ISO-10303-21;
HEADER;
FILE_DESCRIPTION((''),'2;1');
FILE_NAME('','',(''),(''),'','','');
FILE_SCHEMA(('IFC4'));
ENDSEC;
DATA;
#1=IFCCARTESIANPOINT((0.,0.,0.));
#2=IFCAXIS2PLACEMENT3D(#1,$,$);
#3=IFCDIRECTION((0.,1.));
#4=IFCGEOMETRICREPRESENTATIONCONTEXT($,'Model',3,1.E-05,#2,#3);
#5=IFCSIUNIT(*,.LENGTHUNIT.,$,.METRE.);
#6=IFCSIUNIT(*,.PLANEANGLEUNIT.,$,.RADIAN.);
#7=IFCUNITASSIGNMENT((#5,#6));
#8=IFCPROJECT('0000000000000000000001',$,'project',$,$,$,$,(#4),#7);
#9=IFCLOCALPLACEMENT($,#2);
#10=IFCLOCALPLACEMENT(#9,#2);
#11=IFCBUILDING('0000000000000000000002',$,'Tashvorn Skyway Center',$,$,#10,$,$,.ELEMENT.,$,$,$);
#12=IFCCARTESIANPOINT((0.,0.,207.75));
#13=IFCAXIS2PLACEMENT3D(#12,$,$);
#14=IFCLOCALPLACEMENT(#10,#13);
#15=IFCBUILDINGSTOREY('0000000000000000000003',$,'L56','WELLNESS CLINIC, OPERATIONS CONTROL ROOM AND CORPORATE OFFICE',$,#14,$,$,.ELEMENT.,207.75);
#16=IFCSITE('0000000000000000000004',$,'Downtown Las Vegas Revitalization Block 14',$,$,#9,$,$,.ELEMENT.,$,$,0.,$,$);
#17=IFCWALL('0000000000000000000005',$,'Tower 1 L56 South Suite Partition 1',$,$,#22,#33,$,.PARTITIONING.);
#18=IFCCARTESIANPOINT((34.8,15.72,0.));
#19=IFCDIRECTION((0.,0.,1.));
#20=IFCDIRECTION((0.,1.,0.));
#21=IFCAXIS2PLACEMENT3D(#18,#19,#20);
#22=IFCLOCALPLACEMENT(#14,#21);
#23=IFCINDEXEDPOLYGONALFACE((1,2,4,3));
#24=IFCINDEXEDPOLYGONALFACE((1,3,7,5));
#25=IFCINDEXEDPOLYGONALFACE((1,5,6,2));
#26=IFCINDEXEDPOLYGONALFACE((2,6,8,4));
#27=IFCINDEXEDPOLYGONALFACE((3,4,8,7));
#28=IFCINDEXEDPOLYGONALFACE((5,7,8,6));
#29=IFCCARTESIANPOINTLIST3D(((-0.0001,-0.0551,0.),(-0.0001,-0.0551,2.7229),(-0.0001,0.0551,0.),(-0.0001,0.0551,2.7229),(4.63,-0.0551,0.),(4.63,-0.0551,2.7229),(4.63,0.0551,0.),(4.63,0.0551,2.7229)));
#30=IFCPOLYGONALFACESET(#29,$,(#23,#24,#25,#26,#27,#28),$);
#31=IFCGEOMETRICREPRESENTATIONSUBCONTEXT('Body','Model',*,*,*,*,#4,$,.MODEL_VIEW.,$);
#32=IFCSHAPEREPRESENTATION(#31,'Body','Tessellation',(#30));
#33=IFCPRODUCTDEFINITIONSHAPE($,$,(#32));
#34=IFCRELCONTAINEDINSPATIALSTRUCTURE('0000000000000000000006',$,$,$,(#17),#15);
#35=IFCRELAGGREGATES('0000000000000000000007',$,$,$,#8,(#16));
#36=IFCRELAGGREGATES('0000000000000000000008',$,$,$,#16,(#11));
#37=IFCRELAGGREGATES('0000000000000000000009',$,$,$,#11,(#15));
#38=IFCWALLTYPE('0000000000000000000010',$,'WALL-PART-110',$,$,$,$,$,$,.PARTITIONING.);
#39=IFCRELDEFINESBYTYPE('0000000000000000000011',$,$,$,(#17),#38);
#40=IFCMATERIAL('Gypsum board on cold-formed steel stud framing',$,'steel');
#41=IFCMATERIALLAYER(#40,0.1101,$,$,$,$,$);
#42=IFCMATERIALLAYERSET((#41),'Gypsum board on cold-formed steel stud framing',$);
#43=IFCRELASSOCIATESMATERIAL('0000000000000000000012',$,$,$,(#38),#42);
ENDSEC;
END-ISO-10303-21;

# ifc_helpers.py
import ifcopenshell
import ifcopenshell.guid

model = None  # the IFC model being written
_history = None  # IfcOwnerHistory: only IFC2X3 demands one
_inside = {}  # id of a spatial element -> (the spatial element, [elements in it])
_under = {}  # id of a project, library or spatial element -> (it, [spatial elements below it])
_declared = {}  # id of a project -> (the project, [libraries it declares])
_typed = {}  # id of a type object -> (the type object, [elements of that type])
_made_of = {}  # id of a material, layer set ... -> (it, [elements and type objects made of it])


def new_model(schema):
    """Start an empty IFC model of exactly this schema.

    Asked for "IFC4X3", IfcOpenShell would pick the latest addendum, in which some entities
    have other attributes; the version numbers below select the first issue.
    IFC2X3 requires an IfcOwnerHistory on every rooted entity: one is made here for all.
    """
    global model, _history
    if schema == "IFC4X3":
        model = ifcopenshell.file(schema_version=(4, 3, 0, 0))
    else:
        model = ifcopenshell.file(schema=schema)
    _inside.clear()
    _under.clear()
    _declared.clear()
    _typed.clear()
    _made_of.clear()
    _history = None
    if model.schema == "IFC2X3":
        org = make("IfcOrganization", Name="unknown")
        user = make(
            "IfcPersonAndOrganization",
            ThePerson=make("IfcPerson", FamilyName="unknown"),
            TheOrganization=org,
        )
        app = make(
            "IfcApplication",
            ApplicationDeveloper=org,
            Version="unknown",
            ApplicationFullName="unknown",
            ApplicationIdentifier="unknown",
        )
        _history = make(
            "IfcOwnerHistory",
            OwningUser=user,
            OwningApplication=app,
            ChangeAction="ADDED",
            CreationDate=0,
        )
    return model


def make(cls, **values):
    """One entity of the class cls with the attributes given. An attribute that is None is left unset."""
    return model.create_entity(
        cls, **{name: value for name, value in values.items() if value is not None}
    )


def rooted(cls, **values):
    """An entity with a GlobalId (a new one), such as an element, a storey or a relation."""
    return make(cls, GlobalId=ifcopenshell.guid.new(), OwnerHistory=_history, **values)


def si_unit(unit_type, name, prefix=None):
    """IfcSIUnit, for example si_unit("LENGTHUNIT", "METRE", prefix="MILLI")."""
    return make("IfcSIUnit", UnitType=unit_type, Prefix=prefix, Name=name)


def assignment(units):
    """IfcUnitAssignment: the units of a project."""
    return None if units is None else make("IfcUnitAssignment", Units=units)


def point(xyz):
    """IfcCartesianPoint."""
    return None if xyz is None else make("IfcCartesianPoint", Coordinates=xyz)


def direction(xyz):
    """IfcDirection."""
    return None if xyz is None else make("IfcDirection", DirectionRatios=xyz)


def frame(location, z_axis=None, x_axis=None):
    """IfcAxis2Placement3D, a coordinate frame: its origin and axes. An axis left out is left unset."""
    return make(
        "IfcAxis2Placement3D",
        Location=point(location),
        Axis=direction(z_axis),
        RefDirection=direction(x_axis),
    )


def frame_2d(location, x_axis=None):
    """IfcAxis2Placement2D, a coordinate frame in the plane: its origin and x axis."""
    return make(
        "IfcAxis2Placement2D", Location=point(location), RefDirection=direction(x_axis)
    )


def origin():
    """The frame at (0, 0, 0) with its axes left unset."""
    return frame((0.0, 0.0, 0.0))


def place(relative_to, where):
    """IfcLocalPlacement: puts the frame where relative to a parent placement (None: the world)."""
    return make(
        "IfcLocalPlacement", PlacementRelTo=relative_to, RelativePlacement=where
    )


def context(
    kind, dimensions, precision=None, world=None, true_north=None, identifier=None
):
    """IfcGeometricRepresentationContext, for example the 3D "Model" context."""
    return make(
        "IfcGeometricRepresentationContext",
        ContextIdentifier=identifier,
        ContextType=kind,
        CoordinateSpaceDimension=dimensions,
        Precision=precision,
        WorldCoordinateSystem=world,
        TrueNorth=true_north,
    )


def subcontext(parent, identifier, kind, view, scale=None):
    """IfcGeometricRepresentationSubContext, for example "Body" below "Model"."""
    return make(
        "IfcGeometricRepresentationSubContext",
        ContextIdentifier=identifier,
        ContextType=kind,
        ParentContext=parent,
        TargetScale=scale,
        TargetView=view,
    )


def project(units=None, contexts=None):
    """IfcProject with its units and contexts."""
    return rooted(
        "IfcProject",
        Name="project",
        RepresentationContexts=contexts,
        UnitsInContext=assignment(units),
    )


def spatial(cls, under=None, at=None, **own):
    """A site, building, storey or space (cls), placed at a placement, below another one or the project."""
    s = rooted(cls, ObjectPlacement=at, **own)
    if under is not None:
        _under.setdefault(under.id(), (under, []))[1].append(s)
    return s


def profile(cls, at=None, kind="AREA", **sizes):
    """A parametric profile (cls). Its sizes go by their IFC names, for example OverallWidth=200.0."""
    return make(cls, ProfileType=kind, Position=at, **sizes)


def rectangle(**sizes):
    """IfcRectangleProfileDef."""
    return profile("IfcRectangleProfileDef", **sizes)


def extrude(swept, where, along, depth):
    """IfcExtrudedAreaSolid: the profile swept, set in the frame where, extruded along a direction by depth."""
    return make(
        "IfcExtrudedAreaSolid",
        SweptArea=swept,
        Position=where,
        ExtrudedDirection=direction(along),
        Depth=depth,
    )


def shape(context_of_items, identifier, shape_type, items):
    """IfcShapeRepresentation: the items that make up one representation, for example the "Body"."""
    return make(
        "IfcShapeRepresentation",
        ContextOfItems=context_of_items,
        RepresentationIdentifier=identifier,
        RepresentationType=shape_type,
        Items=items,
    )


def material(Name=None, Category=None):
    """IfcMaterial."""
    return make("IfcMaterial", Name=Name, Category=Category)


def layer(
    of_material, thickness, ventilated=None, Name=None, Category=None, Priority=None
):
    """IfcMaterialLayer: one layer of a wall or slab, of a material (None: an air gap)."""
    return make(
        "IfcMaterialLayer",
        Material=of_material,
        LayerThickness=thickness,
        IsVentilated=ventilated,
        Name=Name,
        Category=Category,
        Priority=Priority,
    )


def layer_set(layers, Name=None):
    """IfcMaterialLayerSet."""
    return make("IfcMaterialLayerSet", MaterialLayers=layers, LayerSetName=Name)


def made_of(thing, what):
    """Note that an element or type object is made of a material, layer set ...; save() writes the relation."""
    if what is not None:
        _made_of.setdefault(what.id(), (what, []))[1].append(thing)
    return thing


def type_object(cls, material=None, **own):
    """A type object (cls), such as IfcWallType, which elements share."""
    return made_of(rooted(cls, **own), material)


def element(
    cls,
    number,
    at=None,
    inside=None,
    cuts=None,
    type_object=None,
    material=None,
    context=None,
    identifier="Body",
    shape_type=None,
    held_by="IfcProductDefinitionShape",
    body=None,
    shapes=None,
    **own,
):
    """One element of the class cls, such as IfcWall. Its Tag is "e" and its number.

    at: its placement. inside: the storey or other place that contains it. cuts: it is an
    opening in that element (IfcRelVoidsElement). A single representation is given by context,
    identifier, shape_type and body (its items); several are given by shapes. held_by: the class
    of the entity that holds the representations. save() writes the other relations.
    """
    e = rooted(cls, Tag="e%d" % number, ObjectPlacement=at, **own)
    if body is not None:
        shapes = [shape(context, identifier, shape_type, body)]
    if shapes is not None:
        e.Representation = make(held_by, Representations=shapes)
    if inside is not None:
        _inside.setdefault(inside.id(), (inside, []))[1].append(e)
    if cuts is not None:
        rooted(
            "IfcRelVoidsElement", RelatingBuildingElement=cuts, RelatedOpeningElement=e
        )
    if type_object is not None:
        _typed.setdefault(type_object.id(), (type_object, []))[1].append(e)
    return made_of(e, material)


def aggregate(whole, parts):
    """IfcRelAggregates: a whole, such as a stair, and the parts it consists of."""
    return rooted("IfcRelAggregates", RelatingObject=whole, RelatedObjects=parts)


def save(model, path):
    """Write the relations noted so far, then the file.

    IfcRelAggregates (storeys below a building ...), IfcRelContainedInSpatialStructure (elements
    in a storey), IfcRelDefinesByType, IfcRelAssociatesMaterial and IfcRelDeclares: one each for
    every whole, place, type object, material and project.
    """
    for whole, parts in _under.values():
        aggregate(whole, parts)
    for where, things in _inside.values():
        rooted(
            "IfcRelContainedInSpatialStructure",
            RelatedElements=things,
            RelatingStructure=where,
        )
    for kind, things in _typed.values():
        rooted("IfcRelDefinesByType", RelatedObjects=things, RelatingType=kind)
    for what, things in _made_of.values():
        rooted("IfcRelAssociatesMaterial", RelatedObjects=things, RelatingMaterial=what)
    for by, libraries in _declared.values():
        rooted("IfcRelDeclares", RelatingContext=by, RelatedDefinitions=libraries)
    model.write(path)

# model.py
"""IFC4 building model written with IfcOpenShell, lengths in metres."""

from ifc_helpers import new_model, si_unit, direction, frame, frame_2d, origin, place, context, subcontext, project, spatial, rectangle, extrude, material, layer, layer_set, type_object, element, save


model = new_model("IFC4")

# Units and contexts
model_context = context("Model", 3, precision=1e-05, world=origin(), true_north=direction((0.0, 1.0)))
body_context = subcontext(model_context, "Body", "Model", "MODEL_VIEW")
ifc_project = project(units=[si_unit("LENGTHUNIT", "METRE"), si_unit("PLANEANGLEUNIT", "RADIAN")], contexts=[model_context])

# Site, building, storey
site_placement = place(None, origin())
site = spatial("IfcSite", under=ifc_project, at=site_placement, Name="Downtown Las Vegas Revitalization Block 14", CompositionType="ELEMENT", RefElevation=0.0)
building_placement = place(site_placement, origin())
building = spatial("IfcBuilding", under=site, at=building_placement, Name="Tashvorn Skyway Center", CompositionType="ELEMENT")
storey_placement = place(building_placement, frame((0.0, 0.0, 207.75)))
storey = spatial("IfcBuildingStorey", under=building, at=storey_placement, Name="L56", Description="WELLNESS CLINIC, OPERATIONS CONTROL ROOM AND CORPORATE OFFICE", CompositionType="ELEMENT", Elevation=207.75)

# Wall
ifc_material_1 = material(Name="Gypsum board on cold-formed steel stud framing", Category="steel")
ifc_layer_1 = layer(ifc_material_1, 0.1101)
ifc_layer_set_1 = layer_set([ifc_layer_1], Name="Gypsum board on cold-formed steel stud framing")
wall_type_1 = type_object("IfcWallType", Name="WALL-PART-110", PredefinedType="PARTITIONING", material=ifc_layer_set_1)
wall_1_placement = place(storey_placement, frame((34.8, 15.72, 0.0), z_axis=(0.0, 0.0, 1.0), x_axis=(0.0, 1.0, 0.0)))
element("IfcWall", 1, at=wall_1_placement, inside=storey, type_object=wall_type_1, Name="Tower 1 L56 South Suite Partition 1", PredefinedType="PARTITIONING", context=body_context, shape_type="SweptSolid", body=[
    extrude(rectangle(XDim=4.6301, YDim=0.1101, at=frame_2d((2.3149, 0.0))), origin(), (0.0, 0.0, 1.0), 2.7229),
])

save(model, "model.ifc")
